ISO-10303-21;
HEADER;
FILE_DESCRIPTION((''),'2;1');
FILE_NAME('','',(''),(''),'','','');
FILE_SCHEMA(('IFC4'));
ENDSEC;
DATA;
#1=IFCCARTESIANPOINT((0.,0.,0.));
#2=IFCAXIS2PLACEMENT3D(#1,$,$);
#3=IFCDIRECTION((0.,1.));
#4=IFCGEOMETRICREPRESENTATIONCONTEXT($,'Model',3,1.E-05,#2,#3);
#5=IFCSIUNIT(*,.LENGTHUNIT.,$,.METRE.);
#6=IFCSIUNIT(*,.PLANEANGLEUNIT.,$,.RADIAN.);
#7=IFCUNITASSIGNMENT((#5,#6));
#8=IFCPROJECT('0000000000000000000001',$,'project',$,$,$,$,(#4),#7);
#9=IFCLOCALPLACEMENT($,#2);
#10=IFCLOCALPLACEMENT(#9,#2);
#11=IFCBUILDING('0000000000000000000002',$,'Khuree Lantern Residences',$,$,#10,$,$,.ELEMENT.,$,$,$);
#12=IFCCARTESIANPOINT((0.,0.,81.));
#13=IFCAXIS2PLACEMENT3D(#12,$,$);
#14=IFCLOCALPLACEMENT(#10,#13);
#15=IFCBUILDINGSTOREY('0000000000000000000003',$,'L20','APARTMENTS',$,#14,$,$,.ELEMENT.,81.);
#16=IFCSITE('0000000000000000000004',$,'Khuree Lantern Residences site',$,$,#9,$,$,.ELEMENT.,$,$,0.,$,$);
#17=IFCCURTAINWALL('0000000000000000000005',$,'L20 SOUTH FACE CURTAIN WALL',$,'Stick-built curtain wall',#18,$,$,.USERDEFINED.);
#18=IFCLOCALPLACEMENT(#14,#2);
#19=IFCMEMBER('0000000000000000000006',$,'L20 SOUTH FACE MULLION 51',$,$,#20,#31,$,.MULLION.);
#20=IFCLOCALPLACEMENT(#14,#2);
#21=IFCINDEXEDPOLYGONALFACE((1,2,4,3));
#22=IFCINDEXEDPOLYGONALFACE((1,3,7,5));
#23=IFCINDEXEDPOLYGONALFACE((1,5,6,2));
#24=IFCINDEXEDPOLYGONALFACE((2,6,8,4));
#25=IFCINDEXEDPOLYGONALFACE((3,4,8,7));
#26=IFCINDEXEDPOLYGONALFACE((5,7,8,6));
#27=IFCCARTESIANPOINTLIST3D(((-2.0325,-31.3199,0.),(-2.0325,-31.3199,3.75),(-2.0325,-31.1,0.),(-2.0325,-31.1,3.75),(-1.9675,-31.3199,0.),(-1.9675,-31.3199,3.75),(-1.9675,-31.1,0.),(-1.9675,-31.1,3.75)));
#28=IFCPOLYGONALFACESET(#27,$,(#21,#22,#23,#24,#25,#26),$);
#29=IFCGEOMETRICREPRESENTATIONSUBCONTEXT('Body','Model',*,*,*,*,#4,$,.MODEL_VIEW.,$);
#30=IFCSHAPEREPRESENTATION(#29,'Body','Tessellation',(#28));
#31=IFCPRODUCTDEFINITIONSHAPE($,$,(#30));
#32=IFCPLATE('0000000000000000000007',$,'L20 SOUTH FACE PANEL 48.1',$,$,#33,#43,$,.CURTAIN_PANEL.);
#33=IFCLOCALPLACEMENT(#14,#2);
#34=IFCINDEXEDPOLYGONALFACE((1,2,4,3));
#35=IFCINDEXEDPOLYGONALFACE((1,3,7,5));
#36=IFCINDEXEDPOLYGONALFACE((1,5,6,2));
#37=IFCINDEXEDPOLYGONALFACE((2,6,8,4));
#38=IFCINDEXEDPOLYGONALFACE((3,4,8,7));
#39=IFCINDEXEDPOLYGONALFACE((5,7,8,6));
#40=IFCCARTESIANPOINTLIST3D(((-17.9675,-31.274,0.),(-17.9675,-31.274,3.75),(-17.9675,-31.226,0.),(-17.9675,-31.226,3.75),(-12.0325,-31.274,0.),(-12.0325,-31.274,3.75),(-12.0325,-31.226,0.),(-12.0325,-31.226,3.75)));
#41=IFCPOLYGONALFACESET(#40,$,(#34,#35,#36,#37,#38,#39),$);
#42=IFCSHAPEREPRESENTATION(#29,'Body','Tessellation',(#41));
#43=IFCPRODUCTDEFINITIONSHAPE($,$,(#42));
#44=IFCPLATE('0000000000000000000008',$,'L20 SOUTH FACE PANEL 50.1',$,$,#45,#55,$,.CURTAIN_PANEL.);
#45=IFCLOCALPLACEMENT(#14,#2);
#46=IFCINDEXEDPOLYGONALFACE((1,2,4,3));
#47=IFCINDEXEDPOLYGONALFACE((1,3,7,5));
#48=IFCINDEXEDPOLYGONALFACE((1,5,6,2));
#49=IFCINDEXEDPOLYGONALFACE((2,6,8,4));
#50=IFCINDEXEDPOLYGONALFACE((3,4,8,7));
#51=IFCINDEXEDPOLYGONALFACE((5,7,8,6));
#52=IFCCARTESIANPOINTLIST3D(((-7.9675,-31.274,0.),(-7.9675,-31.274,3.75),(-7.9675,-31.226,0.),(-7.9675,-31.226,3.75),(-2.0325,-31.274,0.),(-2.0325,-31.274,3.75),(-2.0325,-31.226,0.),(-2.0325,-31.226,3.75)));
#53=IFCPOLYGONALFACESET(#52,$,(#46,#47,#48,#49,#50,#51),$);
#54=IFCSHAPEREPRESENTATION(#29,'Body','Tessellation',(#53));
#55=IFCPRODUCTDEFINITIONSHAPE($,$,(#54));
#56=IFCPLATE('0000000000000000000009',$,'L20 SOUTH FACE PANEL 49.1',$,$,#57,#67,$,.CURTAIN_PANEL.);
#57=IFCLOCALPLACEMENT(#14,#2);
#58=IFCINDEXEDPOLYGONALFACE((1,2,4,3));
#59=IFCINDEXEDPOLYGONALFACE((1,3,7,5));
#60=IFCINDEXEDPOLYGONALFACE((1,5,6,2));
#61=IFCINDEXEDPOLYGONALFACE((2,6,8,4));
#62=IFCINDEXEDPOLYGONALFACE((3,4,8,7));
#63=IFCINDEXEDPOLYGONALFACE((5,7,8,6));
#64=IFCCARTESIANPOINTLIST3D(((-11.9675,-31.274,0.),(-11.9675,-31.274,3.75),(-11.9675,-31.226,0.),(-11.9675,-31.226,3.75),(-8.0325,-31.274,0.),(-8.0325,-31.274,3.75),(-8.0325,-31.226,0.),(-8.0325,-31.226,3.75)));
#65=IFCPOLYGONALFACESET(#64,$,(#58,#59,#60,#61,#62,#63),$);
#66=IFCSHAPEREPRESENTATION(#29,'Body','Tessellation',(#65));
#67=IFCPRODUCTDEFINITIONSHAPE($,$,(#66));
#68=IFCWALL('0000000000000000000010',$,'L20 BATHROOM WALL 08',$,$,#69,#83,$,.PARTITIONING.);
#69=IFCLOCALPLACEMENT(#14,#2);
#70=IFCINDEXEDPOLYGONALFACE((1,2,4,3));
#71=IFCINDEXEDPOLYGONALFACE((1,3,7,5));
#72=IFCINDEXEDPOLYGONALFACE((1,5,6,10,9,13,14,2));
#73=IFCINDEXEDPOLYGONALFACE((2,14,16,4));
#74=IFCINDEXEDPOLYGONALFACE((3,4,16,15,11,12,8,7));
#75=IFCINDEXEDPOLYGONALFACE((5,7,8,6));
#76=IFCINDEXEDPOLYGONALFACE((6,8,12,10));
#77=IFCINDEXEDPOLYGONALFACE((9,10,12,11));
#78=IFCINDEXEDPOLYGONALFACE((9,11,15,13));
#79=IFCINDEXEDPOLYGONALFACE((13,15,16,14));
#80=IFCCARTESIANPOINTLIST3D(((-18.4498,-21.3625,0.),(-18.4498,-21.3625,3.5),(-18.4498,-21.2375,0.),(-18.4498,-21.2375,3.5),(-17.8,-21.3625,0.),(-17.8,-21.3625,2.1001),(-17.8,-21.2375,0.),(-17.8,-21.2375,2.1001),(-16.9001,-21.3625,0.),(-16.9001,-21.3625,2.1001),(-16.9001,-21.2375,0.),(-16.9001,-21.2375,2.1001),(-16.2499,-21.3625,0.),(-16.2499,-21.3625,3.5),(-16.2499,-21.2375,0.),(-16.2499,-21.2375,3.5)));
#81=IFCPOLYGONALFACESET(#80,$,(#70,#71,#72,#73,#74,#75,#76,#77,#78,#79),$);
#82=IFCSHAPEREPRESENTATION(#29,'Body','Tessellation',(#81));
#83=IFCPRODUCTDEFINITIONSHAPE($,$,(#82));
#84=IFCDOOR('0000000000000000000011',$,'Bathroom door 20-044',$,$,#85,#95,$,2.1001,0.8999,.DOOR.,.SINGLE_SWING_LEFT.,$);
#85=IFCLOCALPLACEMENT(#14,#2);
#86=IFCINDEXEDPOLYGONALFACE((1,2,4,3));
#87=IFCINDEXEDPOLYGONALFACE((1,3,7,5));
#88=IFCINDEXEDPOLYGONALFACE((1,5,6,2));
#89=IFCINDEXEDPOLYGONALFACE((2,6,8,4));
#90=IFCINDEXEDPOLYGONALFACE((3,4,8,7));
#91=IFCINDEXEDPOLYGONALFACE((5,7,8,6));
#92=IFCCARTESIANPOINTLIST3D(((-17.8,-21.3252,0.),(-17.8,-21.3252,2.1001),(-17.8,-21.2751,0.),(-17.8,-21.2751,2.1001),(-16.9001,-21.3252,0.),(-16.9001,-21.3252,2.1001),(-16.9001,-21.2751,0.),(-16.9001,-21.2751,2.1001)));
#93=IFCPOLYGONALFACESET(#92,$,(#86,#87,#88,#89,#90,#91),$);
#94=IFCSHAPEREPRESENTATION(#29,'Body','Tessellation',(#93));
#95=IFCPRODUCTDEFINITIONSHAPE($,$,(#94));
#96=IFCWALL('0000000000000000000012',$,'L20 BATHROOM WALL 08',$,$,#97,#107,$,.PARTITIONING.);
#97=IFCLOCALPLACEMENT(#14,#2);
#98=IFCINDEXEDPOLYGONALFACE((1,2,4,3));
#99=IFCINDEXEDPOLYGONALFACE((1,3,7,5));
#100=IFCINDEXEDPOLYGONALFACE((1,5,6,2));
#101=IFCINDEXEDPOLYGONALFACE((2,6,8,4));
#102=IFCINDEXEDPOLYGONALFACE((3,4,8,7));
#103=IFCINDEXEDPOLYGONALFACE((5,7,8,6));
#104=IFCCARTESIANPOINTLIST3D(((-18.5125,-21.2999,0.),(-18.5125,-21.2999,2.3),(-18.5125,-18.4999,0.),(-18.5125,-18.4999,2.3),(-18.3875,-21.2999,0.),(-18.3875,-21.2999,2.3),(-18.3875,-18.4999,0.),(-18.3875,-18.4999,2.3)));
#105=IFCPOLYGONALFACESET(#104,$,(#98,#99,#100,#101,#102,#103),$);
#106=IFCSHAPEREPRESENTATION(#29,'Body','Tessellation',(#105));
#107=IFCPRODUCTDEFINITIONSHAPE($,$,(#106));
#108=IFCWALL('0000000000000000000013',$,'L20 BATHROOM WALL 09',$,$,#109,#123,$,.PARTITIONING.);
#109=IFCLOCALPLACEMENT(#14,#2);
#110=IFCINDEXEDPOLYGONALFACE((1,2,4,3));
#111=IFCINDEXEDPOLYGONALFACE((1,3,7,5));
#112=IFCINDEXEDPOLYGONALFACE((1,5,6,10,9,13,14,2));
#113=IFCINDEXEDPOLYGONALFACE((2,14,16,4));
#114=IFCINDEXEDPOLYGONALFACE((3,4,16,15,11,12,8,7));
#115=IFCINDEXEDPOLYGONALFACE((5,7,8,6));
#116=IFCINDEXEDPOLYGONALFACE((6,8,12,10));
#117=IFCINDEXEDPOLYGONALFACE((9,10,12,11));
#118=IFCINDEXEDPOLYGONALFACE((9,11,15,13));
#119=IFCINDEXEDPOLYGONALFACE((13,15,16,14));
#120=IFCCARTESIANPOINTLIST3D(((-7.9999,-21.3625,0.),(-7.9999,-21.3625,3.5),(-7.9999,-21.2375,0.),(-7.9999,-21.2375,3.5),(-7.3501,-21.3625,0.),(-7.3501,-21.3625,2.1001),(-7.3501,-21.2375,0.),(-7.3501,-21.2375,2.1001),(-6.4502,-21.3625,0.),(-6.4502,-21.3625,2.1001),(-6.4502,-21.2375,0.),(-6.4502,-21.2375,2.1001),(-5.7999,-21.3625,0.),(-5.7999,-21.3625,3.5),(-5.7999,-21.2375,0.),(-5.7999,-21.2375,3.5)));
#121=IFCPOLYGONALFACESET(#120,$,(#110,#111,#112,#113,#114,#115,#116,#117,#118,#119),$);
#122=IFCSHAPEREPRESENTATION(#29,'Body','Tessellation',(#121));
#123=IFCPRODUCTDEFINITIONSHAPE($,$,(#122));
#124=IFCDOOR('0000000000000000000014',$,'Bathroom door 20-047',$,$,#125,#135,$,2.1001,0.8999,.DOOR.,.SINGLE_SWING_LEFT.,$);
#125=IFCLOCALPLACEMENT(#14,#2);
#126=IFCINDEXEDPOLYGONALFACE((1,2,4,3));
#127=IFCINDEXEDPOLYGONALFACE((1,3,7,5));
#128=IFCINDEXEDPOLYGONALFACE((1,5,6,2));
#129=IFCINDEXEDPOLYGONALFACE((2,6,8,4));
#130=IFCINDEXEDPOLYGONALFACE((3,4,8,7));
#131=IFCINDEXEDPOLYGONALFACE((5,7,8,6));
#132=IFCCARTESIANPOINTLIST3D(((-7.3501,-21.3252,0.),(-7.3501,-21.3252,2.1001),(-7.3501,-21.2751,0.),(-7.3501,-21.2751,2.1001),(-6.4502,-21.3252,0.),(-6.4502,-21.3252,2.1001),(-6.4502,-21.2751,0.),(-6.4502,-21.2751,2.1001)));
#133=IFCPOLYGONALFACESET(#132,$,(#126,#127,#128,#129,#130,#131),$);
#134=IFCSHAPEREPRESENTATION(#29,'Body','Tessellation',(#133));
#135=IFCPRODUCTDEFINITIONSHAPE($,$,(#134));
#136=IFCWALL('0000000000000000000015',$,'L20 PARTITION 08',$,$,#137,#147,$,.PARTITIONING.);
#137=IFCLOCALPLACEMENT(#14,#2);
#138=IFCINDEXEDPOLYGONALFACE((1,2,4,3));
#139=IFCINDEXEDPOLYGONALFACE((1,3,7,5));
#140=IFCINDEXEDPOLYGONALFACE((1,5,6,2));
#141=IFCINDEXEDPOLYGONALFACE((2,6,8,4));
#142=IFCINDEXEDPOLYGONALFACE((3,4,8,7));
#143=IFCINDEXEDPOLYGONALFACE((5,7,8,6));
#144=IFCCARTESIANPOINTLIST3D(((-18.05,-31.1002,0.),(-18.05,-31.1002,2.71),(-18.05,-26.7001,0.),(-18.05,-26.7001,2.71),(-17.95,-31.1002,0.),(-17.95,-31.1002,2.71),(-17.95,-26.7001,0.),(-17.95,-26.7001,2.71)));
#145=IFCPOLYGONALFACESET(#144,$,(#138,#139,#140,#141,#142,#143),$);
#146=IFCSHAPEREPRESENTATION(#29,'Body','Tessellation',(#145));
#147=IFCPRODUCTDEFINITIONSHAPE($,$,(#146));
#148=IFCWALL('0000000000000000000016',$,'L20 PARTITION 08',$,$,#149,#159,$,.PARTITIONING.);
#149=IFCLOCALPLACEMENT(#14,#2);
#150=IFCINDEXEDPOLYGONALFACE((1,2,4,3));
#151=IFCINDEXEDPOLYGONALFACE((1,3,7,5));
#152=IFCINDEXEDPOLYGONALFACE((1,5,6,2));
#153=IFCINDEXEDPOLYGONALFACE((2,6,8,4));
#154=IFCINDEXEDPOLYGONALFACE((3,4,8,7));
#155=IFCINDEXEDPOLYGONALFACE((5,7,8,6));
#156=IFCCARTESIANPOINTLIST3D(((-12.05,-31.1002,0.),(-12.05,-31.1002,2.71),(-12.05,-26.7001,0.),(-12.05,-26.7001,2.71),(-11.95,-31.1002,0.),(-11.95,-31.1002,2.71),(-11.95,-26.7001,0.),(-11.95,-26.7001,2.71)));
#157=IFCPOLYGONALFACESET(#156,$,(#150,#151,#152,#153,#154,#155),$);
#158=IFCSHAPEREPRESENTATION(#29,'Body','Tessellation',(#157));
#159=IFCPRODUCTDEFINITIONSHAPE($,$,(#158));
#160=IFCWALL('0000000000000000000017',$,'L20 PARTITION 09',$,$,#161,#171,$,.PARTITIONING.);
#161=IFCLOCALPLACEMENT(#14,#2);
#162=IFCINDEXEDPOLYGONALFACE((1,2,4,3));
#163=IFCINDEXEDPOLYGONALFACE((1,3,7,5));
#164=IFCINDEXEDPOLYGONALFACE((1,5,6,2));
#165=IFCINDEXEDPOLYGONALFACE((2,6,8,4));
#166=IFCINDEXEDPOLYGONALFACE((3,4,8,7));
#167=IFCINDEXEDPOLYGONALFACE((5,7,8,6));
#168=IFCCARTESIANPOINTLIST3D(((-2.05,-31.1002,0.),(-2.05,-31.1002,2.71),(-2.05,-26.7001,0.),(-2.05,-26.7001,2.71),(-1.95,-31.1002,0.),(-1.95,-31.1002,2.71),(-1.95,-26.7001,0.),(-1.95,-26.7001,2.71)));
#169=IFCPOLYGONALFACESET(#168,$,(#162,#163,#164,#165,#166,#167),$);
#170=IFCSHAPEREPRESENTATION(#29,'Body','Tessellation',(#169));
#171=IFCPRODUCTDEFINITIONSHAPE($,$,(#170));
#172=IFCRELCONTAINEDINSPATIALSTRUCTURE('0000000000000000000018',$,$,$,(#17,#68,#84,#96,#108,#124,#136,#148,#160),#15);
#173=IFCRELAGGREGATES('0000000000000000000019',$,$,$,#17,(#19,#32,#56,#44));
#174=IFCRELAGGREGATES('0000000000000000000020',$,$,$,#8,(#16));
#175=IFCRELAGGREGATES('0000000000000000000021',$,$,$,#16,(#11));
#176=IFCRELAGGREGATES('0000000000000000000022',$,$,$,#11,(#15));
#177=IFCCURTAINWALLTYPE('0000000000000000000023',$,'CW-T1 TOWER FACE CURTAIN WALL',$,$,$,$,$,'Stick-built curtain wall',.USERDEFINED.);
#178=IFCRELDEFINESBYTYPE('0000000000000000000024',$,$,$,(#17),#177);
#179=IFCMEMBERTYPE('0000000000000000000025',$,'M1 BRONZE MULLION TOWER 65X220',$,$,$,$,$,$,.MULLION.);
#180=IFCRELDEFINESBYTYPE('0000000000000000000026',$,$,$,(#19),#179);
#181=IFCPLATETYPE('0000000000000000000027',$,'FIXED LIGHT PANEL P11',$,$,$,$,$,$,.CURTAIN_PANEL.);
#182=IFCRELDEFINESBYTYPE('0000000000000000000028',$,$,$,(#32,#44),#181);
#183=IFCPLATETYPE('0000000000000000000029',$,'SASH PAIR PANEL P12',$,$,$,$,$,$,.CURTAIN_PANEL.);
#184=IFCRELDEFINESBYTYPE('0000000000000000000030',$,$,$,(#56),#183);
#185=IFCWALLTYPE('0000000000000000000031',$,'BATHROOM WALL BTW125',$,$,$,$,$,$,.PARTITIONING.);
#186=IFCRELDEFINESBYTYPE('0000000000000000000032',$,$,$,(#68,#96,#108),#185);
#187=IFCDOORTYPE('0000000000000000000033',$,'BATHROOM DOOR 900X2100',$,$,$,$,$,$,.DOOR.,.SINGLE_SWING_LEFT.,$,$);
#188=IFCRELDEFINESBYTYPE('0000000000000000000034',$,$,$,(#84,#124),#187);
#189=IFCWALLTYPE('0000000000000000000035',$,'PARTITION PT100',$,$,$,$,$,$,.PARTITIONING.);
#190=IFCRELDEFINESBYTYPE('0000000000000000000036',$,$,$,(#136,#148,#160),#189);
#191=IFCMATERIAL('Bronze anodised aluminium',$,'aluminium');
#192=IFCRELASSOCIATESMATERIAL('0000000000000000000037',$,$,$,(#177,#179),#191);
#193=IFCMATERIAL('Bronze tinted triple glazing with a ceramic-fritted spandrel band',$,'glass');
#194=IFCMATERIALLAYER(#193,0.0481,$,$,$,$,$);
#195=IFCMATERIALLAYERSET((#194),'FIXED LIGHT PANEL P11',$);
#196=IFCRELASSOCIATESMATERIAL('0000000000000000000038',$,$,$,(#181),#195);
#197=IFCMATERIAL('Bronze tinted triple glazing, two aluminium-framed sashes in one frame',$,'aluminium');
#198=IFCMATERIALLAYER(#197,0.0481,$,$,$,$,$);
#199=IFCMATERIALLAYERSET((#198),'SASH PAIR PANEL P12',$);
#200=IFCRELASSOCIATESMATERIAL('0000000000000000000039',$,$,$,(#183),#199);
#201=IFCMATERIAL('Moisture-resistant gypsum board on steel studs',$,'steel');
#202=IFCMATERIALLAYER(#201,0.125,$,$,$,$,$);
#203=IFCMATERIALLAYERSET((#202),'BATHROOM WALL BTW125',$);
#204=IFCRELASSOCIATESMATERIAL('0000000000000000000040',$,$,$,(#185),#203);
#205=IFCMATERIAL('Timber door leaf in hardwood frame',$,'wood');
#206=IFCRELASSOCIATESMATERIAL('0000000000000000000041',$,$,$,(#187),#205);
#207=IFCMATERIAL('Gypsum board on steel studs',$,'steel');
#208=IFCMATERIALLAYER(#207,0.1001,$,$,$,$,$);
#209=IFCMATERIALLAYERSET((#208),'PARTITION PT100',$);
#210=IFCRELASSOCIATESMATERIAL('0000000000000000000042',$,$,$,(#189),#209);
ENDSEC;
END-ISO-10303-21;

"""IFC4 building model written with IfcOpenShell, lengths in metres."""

from ifc_helpers import new_model, si_unit, direction, frame, frame_2d, origin, origin_2d, place, context, subcontext, project, spatial, rectangle, extrude, material, layer, layer_set, material_profile, profile_set, type_object, element, fill, aggregate, save


model = new_model("IFC4")

# Units and contexts
model_context = context("Model", 3, precision=1e-05, world=origin(), true_north=direction((0.0, 1.0)))
body_context = subcontext(model_context, "Body", "Model", "MODEL_VIEW")
ifc_project = project(units=[si_unit("LENGTHUNIT", "METRE"), si_unit("PLANEANGLEUNIT", "RADIAN")], contexts=[model_context])

# Site, building, storey
site_placement = place(None, origin())
site = spatial("IfcSite", under=ifc_project, at=site_placement, Name="Khuree Lantern Residences site", CompositionType="ELEMENT", RefElevation=0.0)
building_placement = place(site_placement, origin())
building = spatial("IfcBuilding", under=site, at=building_placement, Name="Khuree Lantern Residences", CompositionType="ELEMENT")
storey_placement = place(building_placement, frame((0.0, 0.0, 81.0)))
storey = spatial("IfcBuildingStorey", under=building, at=storey_placement, Name="L20", Description="APARTMENTS", CompositionType="ELEMENT", Elevation=81.0)

# Curtain wall
ifc_material_1 = material(Name="Bronze anodised aluminium", Category="aluminium")
curtain_wall_type = type_object("IfcCurtainWallType", Name="CW-T1 TOWER FACE CURTAIN WALL", ElementType="Stick-built curtain wall", PredefinedType="USERDEFINED", material=ifc_material_1)
curtain_wall_placement = place(storey_placement, origin())
curtain_wall = element("IfcCurtainWall", 1, at=curtain_wall_placement, inside=storey, type_object=curtain_wall_type, Name="L20 SOUTH FACE CURTAIN WALL", ObjectType="Stick-built curtain wall", PredefinedType="USERDEFINED")

# Member
ifc_material_profile_1 = material_profile(ifc_material_1, rectangle(XDim=0.0649, YDim=0.22, at=origin_2d()), Name="M1 65X220")
ifc_profile_set_1 = profile_set([ifc_material_profile_1], Name="Bronze anodised aluminium")
member_type_1 = type_object("IfcMemberType", Name="M1 BRONZE MULLION TOWER 65X220", PredefinedType="MULLION", material=ifc_profile_set_1)
member_1_placement = place(storey_placement, frame((-2.0, -31.21, 0.0), z_axis=(0.0, 0.0, 1.0), x_axis=(1.0, 0.0, 0.0)))
member_1 = element("IfcMember", 2, at=member_1_placement, type_object=member_type_1, Name="L20 SOUTH FACE MULLION 51", PredefinedType="MULLION", context=body_context, shape_type="SweptSolid", body=[
    extrude(rectangle(XDim=0.0649, YDim=0.22, at=origin_2d()), origin(), (0.0, 0.0, 1.0), 3.75),
])

# Plates
ifc_material_2 = material(Name="Bronze tinted triple glazing with a ceramic-fritted spandrel band", Category="glass")
ifc_layer_1 = layer(ifc_material_2, 0.0481)
ifc_layer_set_1 = layer_set([ifc_layer_1], Name="FIXED LIGHT PANEL P11")
plate_type_1 = type_object("IfcPlateType", Name="FIXED LIGHT PANEL P11", PredefinedType="CURTAIN_PANEL", material=ifc_layer_set_1)
plate_1_placement = place(storey_placement, frame((-15.0, -31.25, 0.0), z_axis=(0.0, 0.0, 1.0), x_axis=(1.0, 0.0, 0.0)))
plate_1 = element("IfcPlate", 3, at=plate_1_placement, type_object=plate_type_1, Name="L20 SOUTH FACE PANEL 48.1", PredefinedType="CURTAIN_PANEL", context=body_context, shape_type="SweptSolid", body=[
    extrude(rectangle(XDim=5.9351, YDim=0.0481, at=origin_2d()), origin(), (0.0, 0.0, 1.0), 3.75),
])
plate_2_placement = place(storey_placement, frame((-5.0, -31.25, 0.0), z_axis=(0.0, 0.0, 1.0), x_axis=(1.0, 0.0, 0.0)))
plate_2 = element("IfcPlate", 4, at=plate_2_placement, type_object=plate_type_1, Name="L20 SOUTH FACE PANEL 50.1", PredefinedType="CURTAIN_PANEL", context=body_context, shape_type="SweptSolid", body=[
    extrude(rectangle(XDim=5.9351, YDim=0.0481, at=origin_2d()), origin(), (0.0, 0.0, 1.0), 3.75),
])
ifc_material_3 = material(Name="Bronze tinted triple glazing, two aluminium-framed sashes in one frame", Category="aluminium")
ifc_layer_2 = layer(ifc_material_3, 0.0481)
ifc_layer_set_2 = layer_set([ifc_layer_2], Name="SASH PAIR PANEL P12")
plate_type_2 = type_object("IfcPlateType", Name="SASH PAIR PANEL P12", PredefinedType="CURTAIN_PANEL", material=ifc_layer_set_2)
plate_3_placement = place(storey_placement, frame((-10.0, -31.25, 0.0), z_axis=(0.0, 0.0, 1.0), x_axis=(1.0, 0.0, 0.0)))
plate_3 = element("IfcPlate", 5, at=plate_3_placement, type_object=plate_type_2, Name="L20 SOUTH FACE PANEL 49.1", PredefinedType="CURTAIN_PANEL", context=body_context, shape_type="SweptSolid", body=[
    extrude(rectangle(XDim=3.9351, YDim=0.0481, at=origin_2d()), origin(), (0.0, 0.0, 1.0), 3.75),
])
aggregate(curtain_wall, [member_1, plate_1, plate_3, plate_2])

# Wall, opening, door
ifc_material_4 = material(Name="Moisture-resistant gypsum board on steel studs", Category="steel")
ifc_layer_3 = layer(ifc_material_4, 0.125)
ifc_layer_set_3 = layer_set([ifc_layer_3], Name="BATHROOM WALL BTW125")
wall_type_1 = type_object("IfcWallType", Name="BATHROOM WALL BTW125", PredefinedType="PARTITIONING", material=ifc_layer_set_3)
wall_1_placement = place(storey_placement, frame((-18.45, -21.3, 0.0), z_axis=(0.0, 0.0, 1.0), x_axis=(1.0, 0.0, 0.0)))
wall_1 = element("IfcWall", 6, at=wall_1_placement, inside=storey, type_object=wall_type_1, Name="L20 BATHROOM WALL 08", PredefinedType="PARTITIONING", context=body_context, shape_type="SweptSolid", body=[
    extrude(rectangle(XDim=2.2, YDim=0.125, at=frame_2d((1.1001, 0.0))), origin(), (0.0, 0.0, 1.0), 3.5),
])
opening_1_placement = place(wall_1_placement, frame((0.6499, 0.0, 0.0)))
opening_1 = element("IfcOpeningElement", 7, at=opening_1_placement, cuts=wall_1, PredefinedType="OPENING", context=body_context, shape_type="SweptSolid", body=[
    extrude(rectangle(XDim=0.8999, YDim=2.1001, at=frame_2d((0.45, 1.05))), frame((0.0, 0.0725, 0.0), z_axis=(0.0, -1.0, 0.0), x_axis=(1.0, 0.0, 0.0)), (0.0, 0.0, 1.0), 0.145),
])
ifc_material_5 = material(Name="Timber door leaf in hardwood frame", Category="wood")
door_type_1 = type_object("IfcDoorType", Name="BATHROOM DOOR 900X2100", OperationType="SINGLE_SWING_LEFT", PredefinedType="DOOR", material=ifc_material_5)
door_1_placement = place(opening_1_placement, origin())
door_1 = element("IfcDoor", 8, at=door_1_placement, inside=storey, type_object=door_type_1, Name="Bathroom door 20-044", OperationType="SINGLE_SWING_LEFT", OverallHeight=2.1001, OverallWidth=0.8999, PredefinedType="DOOR", context=body_context, shape_type="SweptSolid", body=[
    extrude(rectangle(XDim=0.8999, YDim=2.1001, at=frame_2d((0.45, 1.05))), frame((0.0, 0.0249, 0.0), z_axis=(0.0, -1.0, 0.0), x_axis=(1.0, 0.0, 0.0)), (0.0, 0.0, 1.0), 0.05),
])
fill(opening_1, door_1)

# Wall
wall_2_placement = place(storey_placement, frame((-18.45, -18.5, 0.0), z_axis=(0.0, 0.0, 1.0), x_axis=(0.0, -1.0, 0.0)))
element("IfcWall", 9, at=wall_2_placement, inside=storey, type_object=wall_type_1, Name="L20 BATHROOM WALL 08", PredefinedType="PARTITIONING", context=body_context, shape_type="SweptSolid", body=[
    extrude(rectangle(XDim=2.8, YDim=0.125, at=frame_2d((1.3999, 0.0))), origin(), (0.0, 0.0, 1.0), 2.3),
])

# Wall, opening, door
wall_3_placement = place(storey_placement, frame((-8.0, -21.3, 0.0), z_axis=(0.0, 0.0, 1.0), x_axis=(1.0, 0.0, 0.0)))
wall_3 = element("IfcWall", 10, at=wall_3_placement, inside=storey, type_object=wall_type_1, Name="L20 BATHROOM WALL 09", PredefinedType="PARTITIONING", context=body_context, shape_type="SweptSolid", body=[
    extrude(rectangle(XDim=2.2, YDim=0.125, at=frame_2d((1.1001, 0.0))), origin(), (0.0, 0.0, 1.0), 3.5),
])
opening_2_placement = place(wall_3_placement, frame((0.6499, 0.0, 0.0)))
opening_2 = element("IfcOpeningElement", 11, at=opening_2_placement, cuts=wall_3, PredefinedType="OPENING", context=body_context, shape_type="SweptSolid", body=[
    extrude(rectangle(XDim=0.8999, YDim=2.1001, at=frame_2d((0.45, 1.05))), frame((0.0, 0.0725, 0.0), z_axis=(0.0, -1.0, 0.0), x_axis=(1.0, 0.0, 0.0)), (0.0, 0.0, 1.0), 0.145),
])
door_2_placement = place(opening_2_placement, origin())
door_2 = element("IfcDoor", 12, at=door_2_placement, inside=storey, type_object=door_type_1, Name="Bathroom door 20-047", OperationType="SINGLE_SWING_LEFT", OverallHeight=2.1001, OverallWidth=0.8999, PredefinedType="DOOR", context=body_context, shape_type="SweptSolid", body=[
    extrude(rectangle(XDim=0.8999, YDim=2.1001, at=frame_2d((0.45, 1.05))), frame((0.0, 0.0249, 0.0), z_axis=(0.0, -1.0, 0.0), x_axis=(1.0, 0.0, 0.0)), (0.0, 0.0, 1.0), 0.05),
])
fill(opening_2, door_2)

# Walls
ifc_material_6 = material(Name="Gypsum board on steel studs", Category="steel")
ifc_layer_4 = layer(ifc_material_6, 0.1001)
ifc_layer_set_4 = layer_set([ifc_layer_4], Name="PARTITION PT100")
wall_type_2 = type_object("IfcWallType", Name="PARTITION PT100", PredefinedType="PARTITIONING", material=ifc_layer_set_4)
for number, where, z_axis, x_axis, name in (
    (13, (-18.0, -26.7, 0.0), (0.0, 0.0, 1.0), (0.0, -1.0, 0.0), "L20 PARTITION 08"),
    (14, (-12.0, -26.7, 0.0), (0.0, 0.0, 1.0), (0.0, -1.0, 0.0), "L20 PARTITION 08"),
    (15, (-2.0, -26.7, 0.0), (0.0, 0.0, 1.0), (0.0, -1.0, 0.0), "L20 PARTITION 09"),
):
    element("IfcWall", number, at=place(storey_placement, frame(where, z_axis=z_axis, x_axis=x_axis)), inside=storey, type_object=wall_type_2, Name=name, PredefinedType="PARTITIONING", context=body_context, shape_type="SweptSolid", body=[
        extrude(rectangle(XDim=4.4001, YDim=0.1001, at=frame_2d((2.2002, 0.0))), origin(), (0.0, 0.0, 1.0), 2.71),
    ])

save(model, "model.ifc")
